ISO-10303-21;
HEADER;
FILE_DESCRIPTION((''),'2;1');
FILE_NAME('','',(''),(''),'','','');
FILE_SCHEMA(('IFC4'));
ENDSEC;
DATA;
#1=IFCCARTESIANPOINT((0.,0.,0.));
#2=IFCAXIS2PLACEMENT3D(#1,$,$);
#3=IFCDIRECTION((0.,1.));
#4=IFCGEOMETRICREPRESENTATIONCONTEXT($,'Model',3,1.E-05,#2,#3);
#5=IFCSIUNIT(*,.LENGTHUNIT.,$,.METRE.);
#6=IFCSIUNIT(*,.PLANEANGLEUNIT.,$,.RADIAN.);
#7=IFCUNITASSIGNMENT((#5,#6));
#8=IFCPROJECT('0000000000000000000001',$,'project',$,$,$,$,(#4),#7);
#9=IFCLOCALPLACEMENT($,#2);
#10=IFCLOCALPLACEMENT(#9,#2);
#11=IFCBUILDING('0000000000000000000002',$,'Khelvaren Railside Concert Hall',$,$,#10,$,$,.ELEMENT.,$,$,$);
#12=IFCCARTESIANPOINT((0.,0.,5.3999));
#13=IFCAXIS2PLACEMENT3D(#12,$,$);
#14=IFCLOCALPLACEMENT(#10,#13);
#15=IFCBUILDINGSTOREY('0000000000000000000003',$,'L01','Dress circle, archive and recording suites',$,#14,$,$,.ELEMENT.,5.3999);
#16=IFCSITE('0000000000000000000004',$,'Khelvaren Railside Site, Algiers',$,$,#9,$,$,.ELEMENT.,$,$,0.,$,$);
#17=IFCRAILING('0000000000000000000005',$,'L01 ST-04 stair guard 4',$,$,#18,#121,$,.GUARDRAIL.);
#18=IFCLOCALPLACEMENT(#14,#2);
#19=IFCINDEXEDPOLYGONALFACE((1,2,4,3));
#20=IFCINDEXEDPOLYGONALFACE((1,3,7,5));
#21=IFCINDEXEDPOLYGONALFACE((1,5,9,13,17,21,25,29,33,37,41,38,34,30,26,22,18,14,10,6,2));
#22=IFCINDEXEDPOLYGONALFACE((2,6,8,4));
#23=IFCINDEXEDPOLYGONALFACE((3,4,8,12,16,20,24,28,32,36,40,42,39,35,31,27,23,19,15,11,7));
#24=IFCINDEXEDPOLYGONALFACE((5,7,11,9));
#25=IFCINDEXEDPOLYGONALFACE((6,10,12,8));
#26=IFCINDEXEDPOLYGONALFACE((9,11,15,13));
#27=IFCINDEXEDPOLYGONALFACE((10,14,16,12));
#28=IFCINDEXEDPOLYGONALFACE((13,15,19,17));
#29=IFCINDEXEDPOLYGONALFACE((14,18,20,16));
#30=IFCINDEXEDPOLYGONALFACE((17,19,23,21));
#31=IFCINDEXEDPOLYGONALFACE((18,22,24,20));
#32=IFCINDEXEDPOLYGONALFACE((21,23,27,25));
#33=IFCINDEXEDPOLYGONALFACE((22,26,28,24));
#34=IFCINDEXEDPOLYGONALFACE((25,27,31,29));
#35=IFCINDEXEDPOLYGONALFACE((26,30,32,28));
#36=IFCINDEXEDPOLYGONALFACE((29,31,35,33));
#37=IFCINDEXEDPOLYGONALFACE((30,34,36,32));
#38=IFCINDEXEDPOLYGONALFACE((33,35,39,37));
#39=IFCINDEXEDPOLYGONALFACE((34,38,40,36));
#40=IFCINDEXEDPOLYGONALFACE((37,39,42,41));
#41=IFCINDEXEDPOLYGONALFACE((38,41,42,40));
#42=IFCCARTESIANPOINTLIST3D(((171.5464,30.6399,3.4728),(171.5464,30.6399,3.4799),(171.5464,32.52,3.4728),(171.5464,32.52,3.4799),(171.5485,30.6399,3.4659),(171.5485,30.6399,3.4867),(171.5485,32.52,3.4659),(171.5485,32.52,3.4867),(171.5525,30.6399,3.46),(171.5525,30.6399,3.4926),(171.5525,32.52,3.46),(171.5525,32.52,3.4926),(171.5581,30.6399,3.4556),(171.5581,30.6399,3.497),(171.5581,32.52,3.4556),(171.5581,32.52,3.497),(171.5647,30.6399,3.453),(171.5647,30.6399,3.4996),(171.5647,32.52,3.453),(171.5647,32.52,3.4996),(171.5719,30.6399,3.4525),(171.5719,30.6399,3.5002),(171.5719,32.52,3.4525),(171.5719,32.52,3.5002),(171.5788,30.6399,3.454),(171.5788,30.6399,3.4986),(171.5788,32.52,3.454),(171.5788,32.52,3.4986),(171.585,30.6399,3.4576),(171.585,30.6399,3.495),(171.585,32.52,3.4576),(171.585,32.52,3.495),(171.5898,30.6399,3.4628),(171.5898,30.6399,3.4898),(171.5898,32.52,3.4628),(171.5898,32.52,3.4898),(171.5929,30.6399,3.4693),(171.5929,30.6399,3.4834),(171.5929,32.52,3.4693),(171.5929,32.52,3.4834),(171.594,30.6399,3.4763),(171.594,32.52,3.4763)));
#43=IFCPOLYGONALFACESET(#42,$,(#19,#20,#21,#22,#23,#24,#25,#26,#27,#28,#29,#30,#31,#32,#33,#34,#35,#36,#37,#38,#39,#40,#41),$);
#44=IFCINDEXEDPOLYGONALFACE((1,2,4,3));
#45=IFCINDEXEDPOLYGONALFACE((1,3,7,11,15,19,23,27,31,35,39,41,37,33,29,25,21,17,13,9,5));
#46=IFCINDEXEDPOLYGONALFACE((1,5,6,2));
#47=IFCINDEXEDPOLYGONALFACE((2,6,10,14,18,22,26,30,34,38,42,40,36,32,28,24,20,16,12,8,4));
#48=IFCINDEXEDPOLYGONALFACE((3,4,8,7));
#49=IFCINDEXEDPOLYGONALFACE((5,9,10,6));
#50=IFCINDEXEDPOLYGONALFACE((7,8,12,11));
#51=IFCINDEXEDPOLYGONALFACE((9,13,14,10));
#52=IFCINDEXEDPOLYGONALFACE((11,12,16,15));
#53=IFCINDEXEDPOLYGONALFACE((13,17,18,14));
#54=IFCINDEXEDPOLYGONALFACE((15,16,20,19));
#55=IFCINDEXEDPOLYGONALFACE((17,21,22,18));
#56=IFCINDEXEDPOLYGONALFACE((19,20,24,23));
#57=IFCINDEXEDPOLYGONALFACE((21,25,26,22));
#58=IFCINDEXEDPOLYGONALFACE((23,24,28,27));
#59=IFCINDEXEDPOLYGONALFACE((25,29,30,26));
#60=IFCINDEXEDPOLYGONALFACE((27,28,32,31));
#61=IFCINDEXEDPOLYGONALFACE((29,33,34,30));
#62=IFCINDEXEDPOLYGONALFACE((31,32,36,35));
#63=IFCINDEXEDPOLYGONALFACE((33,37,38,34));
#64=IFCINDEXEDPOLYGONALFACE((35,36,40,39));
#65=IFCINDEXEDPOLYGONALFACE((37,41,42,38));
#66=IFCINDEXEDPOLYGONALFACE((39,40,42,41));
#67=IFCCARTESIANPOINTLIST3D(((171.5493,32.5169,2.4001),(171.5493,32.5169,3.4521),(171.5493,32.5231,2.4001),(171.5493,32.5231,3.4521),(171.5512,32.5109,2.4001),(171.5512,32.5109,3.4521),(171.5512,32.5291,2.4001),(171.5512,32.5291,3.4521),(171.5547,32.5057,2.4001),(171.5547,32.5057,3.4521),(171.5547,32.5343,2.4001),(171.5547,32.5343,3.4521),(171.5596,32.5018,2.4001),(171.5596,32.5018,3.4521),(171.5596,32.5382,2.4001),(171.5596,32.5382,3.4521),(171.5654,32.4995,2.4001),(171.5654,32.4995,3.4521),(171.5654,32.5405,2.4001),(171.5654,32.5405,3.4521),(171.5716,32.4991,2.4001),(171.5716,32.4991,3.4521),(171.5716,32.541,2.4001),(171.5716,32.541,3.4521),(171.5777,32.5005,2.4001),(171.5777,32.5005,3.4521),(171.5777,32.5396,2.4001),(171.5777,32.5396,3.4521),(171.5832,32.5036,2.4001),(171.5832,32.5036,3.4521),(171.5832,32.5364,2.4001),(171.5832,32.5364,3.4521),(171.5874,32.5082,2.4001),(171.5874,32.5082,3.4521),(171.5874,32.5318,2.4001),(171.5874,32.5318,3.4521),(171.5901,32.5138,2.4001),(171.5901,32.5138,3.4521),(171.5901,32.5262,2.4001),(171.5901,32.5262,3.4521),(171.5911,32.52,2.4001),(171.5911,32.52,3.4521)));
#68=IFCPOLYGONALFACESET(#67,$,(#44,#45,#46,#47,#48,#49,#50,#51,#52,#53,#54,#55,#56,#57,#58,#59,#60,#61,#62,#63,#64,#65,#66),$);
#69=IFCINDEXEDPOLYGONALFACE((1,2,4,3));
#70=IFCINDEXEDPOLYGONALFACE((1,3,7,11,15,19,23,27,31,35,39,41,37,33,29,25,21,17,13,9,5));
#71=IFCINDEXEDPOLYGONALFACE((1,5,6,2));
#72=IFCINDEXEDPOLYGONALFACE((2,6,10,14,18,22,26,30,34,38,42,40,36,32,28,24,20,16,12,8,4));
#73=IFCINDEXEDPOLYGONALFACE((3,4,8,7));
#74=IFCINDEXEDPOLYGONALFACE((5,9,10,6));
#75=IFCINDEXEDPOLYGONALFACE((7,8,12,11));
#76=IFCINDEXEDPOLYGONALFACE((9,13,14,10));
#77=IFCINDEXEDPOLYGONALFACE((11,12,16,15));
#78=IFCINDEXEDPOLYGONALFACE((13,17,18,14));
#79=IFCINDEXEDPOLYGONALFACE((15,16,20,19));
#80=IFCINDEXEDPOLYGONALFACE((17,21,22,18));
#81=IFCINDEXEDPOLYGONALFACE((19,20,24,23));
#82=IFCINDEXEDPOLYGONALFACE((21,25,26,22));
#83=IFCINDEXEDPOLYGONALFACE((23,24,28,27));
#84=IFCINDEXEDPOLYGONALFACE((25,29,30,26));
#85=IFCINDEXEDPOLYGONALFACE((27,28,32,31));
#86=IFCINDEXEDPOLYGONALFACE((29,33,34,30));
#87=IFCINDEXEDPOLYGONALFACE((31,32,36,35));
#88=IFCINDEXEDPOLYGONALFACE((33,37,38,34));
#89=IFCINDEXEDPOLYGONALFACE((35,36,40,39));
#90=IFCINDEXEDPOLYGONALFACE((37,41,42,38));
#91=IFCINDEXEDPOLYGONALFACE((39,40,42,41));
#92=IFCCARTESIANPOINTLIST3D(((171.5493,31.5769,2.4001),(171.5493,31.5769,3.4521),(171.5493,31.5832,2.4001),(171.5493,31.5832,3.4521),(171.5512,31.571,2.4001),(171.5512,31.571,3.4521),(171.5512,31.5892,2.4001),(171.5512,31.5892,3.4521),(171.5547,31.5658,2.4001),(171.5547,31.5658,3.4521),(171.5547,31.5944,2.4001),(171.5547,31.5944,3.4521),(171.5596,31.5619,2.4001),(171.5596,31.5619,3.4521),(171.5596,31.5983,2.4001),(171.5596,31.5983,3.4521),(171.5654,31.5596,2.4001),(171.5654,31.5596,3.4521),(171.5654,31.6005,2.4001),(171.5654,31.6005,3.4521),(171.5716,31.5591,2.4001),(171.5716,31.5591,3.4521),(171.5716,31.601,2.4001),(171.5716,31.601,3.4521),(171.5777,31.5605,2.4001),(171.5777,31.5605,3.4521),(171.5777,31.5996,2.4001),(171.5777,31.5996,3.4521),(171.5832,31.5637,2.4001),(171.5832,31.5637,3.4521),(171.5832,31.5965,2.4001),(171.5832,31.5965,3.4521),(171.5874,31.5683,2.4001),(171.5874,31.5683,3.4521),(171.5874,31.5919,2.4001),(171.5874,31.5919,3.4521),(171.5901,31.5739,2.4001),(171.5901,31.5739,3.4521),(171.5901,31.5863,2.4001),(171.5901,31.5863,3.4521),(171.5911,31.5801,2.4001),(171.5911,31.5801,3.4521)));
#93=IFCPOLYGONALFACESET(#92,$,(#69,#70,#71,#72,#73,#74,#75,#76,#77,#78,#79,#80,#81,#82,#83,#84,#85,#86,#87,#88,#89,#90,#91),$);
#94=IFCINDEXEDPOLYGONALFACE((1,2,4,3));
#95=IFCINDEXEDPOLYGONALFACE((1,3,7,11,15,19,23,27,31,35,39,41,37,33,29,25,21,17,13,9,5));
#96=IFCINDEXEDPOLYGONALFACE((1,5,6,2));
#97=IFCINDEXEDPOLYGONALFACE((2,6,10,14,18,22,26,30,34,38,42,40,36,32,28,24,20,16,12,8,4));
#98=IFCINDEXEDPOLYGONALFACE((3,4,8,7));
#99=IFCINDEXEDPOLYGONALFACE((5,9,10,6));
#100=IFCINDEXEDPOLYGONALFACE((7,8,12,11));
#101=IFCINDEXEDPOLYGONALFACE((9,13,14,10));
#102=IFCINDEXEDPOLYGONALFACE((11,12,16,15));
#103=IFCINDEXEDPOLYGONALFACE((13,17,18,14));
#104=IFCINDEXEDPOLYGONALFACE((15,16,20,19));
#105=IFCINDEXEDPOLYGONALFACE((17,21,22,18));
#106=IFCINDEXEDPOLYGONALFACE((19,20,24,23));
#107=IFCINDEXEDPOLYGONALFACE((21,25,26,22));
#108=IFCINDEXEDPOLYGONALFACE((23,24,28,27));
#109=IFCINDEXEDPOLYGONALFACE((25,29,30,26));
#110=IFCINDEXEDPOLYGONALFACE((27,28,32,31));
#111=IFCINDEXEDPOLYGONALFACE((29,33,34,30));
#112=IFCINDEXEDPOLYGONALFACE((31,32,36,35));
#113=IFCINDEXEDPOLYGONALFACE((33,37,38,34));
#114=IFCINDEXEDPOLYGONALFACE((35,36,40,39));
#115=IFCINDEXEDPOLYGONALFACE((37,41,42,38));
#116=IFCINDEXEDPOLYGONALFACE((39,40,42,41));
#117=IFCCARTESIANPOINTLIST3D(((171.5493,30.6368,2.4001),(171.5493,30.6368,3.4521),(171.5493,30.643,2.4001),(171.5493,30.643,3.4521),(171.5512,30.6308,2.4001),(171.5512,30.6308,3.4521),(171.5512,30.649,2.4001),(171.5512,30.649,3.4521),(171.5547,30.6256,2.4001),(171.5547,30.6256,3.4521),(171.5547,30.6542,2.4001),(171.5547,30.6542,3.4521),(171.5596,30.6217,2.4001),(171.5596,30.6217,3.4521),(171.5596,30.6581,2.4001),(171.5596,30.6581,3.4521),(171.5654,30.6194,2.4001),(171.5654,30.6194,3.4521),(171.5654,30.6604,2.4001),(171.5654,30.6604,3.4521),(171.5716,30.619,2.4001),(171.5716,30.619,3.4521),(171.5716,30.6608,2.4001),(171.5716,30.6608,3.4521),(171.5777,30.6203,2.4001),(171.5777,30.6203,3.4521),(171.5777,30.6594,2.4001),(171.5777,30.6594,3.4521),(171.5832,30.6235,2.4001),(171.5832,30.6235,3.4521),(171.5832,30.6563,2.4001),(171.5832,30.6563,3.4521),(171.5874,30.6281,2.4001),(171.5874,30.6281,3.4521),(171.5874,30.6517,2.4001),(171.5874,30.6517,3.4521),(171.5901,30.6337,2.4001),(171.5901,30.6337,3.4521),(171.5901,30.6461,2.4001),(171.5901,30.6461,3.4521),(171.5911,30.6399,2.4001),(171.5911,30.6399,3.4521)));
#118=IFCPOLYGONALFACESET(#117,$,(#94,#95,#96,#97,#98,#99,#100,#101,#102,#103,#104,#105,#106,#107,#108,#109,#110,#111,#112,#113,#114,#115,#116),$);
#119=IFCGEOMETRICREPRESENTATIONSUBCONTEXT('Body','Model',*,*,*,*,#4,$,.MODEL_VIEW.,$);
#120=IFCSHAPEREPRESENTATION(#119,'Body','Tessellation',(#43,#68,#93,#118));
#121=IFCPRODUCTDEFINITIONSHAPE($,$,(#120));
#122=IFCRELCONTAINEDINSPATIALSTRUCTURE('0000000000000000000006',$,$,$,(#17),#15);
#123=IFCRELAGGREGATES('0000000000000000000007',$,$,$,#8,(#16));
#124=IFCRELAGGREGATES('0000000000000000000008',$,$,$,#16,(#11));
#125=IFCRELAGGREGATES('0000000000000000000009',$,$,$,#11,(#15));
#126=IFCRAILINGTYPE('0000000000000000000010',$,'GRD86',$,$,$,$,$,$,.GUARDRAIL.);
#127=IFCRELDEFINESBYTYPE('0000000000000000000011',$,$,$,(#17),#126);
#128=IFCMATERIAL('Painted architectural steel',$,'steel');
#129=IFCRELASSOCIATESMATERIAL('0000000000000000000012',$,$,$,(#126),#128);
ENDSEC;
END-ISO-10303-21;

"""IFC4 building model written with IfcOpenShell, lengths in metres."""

from ifc_helpers import new_model, si_unit, direction, frame, origin, origin_2d, place, context, subcontext, project, spatial, circle, extrude, material, type_object, element, save


model = new_model("IFC4")

# Units and contexts
model_context = context("Model", 3, precision=1e-05, world=origin(), true_north=direction((0.0, 1.0)))
body_context = subcontext(model_context, "Body", "Model", "MODEL_VIEW")
ifc_project = project(units=[si_unit("LENGTHUNIT", "METRE"), si_unit("PLANEANGLEUNIT", "RADIAN")], contexts=[model_context])

# Site, building, storey
site_placement = place(None, origin())
site = spatial("IfcSite", under=ifc_project, at=site_placement, Name="Khelvaren Railside Site, Algiers", CompositionType="ELEMENT", RefElevation=0.0)
building_placement = place(site_placement, origin())
building = spatial("IfcBuilding", under=site, at=building_placement, Name="Khelvaren Railside Concert Hall", CompositionType="ELEMENT")
storey_placement = place(building_placement, frame((0.0, 0.0, 5.3999)))
storey = spatial("IfcBuildingStorey", under=building, at=storey_placement, Name="L01", Description="Dress circle, archive and recording suites", CompositionType="ELEMENT", Elevation=5.3999)

# Railing
ifc_material_1 = material(Name="Painted architectural steel", Category="steel")
railing_type_1 = type_object("IfcRailingType", Name="GRD86", PredefinedType="GUARDRAIL", material=ifc_material_1)
railing_1_placement = place(storey_placement, frame((171.5701, 32.52, 2.4001)))
element("IfcRailing", 1, at=railing_1_placement, inside=storey, type_object=railing_type_1, Name="L01 ST-04 stair guard 4", PredefinedType="GUARDRAIL", context=body_context, shape_type="SweptSolid", body=[
    extrude(circle(Radius=0.0239, at=origin_2d()), frame((0.0, 0.0, 1.0762), z_axis=(0.0, -1.0, 0.0), x_axis=(1.0, 0.0, 0.0)), (0.0, 0.0, 1.0), 1.8801),
    extrude(circle(Radius=0.021, at=origin_2d()), origin(), (0.0, 0.0, 1.0), 1.052),
    extrude(circle(Radius=0.021, at=origin_2d()), frame((0.0, -0.9399, 0.0)), (0.0, 0.0, 1.0), 1.052),
    extrude(circle(Radius=0.021, at=origin_2d()), frame((0.0, -1.8801, 0.0)), (0.0, 0.0, 1.0), 1.052),
])

save(model, "model.ifc")
